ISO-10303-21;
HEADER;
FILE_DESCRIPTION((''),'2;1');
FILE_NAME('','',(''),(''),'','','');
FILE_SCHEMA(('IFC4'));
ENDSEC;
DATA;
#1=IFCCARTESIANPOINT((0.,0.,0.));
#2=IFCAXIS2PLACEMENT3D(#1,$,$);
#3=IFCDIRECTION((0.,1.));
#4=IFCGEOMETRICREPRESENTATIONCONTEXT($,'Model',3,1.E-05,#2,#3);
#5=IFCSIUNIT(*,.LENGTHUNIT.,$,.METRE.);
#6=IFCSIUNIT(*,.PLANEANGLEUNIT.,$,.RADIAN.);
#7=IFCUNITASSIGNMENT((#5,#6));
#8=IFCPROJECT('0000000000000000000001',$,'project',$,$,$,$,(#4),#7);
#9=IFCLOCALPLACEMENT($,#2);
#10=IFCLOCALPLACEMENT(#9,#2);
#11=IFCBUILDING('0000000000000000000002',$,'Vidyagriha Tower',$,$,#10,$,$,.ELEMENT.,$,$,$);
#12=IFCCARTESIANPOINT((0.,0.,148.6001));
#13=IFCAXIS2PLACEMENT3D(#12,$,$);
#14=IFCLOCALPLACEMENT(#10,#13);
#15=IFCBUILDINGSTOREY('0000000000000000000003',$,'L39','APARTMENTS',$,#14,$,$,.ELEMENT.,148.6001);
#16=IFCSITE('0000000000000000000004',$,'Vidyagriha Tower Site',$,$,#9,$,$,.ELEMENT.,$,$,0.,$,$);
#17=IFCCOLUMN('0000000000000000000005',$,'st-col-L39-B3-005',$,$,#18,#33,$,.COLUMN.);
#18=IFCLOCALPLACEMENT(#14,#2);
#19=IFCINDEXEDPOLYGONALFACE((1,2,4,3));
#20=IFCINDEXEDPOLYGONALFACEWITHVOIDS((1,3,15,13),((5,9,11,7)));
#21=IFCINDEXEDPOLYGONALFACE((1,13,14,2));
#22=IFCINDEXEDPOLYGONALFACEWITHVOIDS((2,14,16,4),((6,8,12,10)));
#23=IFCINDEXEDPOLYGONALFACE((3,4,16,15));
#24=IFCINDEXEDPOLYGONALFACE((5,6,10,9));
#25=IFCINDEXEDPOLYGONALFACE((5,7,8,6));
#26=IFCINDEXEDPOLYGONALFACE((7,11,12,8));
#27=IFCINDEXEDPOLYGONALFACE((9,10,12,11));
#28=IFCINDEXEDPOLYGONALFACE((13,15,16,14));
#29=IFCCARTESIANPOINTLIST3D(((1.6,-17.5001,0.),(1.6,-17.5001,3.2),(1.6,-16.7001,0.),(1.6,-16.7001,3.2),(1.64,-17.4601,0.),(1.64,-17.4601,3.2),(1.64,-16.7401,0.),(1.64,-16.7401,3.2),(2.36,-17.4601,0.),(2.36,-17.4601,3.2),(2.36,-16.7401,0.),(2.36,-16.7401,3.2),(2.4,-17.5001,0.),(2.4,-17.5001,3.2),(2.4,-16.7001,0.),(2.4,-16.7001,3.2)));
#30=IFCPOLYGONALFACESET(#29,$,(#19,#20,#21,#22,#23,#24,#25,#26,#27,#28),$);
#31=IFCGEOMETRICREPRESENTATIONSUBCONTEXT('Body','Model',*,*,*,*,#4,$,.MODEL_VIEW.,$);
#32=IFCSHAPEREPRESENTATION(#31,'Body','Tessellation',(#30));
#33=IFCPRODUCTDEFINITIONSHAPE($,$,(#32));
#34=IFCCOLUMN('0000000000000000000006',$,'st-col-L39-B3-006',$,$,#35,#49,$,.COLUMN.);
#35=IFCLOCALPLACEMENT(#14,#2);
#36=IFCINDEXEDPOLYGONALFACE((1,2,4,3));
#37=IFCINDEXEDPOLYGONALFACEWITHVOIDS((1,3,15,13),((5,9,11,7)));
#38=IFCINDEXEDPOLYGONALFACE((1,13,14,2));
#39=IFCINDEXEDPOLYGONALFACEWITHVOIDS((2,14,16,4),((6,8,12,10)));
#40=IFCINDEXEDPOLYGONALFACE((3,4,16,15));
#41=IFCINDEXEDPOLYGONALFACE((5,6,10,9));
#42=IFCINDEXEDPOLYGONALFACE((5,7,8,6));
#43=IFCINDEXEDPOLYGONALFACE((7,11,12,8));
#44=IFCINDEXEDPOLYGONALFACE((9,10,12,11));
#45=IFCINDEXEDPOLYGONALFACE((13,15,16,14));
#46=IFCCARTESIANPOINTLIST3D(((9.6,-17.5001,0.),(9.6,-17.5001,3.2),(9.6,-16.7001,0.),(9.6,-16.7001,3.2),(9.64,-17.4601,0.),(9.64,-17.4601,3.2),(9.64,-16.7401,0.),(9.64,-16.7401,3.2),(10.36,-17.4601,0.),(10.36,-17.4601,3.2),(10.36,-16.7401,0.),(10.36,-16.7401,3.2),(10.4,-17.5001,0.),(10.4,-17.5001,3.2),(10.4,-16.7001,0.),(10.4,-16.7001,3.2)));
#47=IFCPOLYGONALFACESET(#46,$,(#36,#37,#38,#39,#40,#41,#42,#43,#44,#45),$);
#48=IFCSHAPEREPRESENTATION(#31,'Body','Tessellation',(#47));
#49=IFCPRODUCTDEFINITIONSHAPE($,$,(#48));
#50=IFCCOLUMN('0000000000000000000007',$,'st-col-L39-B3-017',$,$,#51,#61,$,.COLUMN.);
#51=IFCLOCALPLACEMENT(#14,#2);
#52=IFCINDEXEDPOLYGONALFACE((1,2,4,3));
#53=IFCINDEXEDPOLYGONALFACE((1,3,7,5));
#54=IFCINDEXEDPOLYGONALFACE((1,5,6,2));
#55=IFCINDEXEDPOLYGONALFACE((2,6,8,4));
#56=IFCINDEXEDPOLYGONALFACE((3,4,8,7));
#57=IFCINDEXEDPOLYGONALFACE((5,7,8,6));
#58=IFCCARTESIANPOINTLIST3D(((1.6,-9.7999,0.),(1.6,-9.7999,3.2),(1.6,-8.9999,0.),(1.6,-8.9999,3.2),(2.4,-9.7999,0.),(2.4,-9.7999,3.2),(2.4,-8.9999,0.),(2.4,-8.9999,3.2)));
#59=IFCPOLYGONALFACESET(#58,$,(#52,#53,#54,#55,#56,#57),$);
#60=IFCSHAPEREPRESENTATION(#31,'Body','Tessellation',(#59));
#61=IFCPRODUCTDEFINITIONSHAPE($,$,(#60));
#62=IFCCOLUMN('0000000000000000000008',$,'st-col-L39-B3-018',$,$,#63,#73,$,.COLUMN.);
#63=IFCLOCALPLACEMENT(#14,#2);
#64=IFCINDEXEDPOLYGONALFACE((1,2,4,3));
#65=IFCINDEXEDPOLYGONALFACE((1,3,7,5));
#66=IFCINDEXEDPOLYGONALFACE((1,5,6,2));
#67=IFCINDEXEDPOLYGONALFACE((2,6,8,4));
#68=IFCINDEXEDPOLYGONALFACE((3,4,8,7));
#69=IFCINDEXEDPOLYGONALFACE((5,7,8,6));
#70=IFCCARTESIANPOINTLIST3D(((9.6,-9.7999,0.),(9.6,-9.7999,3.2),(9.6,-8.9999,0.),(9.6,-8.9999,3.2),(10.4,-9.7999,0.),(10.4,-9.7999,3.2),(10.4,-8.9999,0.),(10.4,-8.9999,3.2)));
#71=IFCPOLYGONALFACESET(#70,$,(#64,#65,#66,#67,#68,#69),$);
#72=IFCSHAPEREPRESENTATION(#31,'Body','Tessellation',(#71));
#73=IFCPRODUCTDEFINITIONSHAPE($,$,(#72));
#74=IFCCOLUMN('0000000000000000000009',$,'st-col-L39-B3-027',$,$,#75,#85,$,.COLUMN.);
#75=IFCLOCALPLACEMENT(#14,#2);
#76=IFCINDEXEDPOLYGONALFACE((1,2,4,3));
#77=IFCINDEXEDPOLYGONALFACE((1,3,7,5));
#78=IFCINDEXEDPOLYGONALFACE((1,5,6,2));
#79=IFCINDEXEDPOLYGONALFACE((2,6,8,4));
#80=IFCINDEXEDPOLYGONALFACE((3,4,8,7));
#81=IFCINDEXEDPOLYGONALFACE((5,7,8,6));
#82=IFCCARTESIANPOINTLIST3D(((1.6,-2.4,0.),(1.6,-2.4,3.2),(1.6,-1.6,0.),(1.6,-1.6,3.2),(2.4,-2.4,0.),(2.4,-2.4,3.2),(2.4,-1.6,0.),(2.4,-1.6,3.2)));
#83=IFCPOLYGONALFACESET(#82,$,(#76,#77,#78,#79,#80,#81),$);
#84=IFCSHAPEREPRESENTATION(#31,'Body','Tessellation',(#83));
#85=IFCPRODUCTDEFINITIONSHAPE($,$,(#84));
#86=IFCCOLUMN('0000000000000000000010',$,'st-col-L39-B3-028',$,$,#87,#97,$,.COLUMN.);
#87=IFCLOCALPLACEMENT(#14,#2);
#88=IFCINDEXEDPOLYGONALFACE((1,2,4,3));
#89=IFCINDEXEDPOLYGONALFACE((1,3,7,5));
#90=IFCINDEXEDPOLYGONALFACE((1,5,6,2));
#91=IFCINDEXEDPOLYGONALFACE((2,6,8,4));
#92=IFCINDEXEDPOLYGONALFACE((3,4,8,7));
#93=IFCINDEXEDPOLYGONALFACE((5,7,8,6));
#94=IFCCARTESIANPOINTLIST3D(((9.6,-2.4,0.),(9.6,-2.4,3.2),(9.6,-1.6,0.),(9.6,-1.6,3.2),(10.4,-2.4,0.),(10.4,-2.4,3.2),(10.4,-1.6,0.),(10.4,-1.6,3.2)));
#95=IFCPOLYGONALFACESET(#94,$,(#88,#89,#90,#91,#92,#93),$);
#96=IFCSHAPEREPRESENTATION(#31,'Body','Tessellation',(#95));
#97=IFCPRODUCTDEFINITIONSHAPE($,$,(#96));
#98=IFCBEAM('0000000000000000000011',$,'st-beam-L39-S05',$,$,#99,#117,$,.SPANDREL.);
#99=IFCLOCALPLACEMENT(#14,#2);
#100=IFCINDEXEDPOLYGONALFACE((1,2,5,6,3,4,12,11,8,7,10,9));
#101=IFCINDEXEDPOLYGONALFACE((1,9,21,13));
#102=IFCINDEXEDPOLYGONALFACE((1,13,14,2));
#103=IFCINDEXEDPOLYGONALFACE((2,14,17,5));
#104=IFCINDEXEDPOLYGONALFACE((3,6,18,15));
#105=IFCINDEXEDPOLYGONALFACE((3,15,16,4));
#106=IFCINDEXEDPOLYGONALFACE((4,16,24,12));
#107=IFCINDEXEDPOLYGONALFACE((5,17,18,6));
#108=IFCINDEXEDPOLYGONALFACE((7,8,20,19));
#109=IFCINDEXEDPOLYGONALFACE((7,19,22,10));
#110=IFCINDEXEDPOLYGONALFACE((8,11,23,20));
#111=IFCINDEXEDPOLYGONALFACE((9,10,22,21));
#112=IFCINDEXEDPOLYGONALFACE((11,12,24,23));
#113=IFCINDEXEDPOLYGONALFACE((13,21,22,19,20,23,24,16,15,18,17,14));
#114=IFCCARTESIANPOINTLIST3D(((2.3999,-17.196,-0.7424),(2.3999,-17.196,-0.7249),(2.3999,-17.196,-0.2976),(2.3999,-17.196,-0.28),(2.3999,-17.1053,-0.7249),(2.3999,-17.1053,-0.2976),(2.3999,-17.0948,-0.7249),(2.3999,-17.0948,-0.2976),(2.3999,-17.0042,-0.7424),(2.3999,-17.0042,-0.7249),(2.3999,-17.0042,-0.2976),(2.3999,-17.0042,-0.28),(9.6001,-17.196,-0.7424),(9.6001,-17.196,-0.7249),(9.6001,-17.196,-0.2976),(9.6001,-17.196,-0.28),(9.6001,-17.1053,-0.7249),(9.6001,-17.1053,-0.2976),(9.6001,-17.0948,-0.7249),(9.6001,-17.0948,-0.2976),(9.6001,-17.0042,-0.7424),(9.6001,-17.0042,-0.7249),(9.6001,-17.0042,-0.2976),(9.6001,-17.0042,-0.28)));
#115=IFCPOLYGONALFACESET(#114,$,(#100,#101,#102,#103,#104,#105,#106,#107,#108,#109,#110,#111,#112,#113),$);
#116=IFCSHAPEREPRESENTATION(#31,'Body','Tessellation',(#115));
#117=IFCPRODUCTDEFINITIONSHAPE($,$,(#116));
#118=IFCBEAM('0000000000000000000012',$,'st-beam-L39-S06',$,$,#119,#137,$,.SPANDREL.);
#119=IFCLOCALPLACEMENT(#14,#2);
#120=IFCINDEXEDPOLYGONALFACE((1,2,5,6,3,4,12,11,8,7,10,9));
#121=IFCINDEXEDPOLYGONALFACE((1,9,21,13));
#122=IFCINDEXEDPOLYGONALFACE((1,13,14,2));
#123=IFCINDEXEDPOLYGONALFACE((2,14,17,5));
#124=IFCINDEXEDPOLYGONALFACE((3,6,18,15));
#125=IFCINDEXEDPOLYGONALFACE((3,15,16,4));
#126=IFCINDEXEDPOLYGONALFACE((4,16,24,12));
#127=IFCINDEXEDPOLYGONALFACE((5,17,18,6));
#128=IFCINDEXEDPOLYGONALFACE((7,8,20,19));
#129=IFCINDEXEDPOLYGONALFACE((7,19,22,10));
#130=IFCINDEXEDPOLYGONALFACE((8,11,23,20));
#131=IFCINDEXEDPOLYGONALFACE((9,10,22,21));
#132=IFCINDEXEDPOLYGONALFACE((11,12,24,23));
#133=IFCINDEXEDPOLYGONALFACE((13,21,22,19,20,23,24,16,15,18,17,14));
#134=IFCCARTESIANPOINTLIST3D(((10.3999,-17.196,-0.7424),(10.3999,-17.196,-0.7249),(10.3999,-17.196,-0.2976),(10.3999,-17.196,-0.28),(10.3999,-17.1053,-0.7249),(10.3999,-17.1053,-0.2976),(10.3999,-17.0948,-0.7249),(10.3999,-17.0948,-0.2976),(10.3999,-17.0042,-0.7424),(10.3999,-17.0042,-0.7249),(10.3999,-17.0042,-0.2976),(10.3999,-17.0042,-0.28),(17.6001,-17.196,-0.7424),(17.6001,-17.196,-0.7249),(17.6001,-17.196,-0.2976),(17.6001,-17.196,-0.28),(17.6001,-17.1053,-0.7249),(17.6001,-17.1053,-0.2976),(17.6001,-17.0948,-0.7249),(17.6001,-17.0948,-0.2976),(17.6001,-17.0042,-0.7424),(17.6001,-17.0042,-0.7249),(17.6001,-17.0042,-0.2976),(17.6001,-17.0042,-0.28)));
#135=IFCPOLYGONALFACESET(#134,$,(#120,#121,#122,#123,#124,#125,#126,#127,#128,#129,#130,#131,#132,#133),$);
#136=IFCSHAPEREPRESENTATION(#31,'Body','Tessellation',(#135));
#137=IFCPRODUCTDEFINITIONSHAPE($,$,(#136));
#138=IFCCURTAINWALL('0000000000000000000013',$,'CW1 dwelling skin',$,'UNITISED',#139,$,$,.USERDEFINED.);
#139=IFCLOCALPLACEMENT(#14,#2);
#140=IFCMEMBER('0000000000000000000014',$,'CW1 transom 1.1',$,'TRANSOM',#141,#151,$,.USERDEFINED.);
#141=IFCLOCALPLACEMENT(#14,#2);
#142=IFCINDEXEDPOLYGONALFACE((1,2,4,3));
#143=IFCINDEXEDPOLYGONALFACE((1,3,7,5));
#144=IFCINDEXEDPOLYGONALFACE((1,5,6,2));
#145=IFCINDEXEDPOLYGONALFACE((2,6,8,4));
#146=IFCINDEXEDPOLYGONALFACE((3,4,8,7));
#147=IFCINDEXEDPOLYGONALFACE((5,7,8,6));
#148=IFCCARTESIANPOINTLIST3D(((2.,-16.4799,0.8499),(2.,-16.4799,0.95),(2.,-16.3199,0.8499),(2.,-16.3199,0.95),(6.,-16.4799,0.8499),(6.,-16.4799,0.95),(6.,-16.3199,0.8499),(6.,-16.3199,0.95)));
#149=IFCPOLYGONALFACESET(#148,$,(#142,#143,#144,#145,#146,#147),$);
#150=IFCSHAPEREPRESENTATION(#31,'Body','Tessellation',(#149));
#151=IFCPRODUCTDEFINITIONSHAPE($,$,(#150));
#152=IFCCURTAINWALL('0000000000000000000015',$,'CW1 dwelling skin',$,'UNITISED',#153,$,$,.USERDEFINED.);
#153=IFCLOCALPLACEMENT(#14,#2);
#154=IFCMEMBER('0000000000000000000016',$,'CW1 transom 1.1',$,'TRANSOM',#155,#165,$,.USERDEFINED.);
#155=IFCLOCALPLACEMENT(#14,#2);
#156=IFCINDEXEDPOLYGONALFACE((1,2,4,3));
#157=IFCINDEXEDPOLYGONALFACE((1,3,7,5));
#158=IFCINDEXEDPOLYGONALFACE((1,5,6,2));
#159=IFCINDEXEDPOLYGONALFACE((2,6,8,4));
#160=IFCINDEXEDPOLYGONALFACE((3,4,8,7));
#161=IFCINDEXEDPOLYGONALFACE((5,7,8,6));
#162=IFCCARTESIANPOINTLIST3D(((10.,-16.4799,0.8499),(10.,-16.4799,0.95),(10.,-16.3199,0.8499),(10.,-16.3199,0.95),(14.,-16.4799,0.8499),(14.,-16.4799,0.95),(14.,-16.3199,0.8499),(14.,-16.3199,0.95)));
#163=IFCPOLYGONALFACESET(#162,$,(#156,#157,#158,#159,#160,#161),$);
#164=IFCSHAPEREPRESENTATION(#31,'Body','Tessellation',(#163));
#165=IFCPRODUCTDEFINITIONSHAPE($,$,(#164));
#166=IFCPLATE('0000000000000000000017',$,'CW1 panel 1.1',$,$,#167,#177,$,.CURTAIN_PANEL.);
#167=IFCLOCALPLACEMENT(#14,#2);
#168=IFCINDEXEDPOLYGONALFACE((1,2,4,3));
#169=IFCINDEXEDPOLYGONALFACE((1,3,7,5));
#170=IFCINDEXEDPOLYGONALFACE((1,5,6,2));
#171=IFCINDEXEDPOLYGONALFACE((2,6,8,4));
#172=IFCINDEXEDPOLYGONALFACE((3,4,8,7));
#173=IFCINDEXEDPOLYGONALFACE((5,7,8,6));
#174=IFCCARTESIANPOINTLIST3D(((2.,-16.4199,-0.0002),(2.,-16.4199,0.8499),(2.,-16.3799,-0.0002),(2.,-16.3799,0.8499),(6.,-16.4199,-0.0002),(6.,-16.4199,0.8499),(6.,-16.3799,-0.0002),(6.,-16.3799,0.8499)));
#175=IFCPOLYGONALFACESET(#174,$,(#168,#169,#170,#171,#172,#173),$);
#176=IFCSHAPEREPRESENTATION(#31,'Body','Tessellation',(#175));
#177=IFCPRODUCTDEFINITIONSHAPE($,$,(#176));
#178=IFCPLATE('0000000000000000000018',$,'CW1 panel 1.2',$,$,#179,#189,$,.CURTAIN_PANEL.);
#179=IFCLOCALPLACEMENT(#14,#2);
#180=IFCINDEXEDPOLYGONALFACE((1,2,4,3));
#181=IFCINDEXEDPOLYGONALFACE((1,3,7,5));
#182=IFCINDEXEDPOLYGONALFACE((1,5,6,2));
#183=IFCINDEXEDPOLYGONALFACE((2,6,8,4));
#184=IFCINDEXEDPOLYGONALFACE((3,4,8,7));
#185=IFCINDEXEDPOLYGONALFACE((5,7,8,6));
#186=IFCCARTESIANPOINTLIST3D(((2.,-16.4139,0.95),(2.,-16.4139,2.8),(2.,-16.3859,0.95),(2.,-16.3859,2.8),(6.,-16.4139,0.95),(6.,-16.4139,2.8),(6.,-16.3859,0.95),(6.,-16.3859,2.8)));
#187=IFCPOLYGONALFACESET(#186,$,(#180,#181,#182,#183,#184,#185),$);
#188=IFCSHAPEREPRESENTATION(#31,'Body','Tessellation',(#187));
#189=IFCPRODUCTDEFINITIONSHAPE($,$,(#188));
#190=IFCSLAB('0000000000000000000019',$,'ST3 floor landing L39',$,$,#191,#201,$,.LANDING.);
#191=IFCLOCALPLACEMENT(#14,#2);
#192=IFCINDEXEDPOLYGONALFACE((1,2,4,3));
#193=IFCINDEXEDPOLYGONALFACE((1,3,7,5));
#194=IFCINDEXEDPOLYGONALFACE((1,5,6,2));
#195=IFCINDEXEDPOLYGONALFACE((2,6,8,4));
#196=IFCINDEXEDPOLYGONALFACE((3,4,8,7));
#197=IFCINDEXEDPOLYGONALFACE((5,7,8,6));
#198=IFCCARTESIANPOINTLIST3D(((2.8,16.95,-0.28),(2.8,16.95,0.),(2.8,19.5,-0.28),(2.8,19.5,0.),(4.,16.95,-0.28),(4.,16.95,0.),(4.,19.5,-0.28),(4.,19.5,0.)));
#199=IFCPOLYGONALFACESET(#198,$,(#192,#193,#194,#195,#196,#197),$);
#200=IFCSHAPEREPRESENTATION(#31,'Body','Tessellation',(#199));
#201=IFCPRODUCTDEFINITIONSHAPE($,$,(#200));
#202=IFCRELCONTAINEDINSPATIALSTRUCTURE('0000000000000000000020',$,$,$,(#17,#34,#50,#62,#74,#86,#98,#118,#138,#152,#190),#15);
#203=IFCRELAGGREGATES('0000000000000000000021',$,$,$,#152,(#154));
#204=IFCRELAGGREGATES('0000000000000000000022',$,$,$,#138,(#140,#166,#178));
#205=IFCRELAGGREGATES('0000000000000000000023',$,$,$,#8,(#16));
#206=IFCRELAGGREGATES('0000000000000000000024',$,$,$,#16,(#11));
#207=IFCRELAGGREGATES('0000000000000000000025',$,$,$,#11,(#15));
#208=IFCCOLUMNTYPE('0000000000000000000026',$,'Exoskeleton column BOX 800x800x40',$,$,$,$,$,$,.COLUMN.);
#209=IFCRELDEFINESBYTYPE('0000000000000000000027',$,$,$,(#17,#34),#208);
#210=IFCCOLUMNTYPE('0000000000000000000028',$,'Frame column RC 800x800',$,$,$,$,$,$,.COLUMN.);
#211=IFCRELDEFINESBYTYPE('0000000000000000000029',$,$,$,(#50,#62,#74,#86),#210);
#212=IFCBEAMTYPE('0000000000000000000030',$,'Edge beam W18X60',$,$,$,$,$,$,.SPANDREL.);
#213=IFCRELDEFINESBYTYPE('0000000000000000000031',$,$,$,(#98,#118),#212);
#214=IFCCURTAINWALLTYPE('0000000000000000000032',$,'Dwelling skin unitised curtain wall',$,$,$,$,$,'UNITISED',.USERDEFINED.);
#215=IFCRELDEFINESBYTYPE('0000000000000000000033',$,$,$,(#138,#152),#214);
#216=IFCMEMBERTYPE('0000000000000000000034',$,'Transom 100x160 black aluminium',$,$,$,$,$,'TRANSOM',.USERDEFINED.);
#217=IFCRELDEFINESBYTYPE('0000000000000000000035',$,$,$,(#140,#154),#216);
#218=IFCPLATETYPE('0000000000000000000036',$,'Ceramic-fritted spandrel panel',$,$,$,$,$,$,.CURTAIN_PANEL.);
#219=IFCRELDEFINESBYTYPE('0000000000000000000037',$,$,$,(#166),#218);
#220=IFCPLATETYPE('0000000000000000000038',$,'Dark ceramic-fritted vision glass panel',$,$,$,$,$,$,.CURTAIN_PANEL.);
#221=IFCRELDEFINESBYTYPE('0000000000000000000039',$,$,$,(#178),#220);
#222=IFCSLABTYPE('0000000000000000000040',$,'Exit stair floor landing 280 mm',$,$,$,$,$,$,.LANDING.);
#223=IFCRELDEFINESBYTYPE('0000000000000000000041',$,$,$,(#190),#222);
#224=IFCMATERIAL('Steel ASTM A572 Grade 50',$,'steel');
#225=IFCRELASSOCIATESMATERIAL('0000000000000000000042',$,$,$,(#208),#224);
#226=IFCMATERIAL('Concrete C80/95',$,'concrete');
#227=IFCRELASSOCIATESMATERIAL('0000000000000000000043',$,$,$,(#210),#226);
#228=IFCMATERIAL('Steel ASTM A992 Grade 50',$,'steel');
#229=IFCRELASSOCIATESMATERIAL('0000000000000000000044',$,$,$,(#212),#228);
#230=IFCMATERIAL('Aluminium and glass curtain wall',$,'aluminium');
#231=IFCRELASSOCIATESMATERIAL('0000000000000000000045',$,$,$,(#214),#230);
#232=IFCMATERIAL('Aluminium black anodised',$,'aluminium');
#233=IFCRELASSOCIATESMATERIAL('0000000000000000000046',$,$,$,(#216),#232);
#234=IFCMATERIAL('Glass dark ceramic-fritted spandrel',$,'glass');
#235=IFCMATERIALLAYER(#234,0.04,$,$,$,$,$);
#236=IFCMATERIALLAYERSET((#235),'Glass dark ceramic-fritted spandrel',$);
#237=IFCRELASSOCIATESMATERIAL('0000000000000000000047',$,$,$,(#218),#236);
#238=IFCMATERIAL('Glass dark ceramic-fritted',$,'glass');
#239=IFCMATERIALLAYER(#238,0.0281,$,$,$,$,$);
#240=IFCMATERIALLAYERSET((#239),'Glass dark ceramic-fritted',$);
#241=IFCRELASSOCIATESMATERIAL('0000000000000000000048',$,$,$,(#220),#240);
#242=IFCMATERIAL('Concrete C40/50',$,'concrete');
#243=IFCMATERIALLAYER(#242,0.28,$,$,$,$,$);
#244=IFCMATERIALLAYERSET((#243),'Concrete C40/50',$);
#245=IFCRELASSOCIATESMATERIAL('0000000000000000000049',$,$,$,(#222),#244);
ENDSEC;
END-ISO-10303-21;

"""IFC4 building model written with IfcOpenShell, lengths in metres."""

from ifc_helpers import new_model, si_unit, direction, frame, origin, origin_2d, place, context, subcontext, project, spatial, polyline, rectangle, hollow_rectangle, i_section, outline, extrude, material, layer, layer_set, material_profile, profile_set, type_object, element, aggregate, save


model = new_model("IFC4")

# Units and contexts
model_context = context("Model", 3, precision=1e-05, world=origin(), true_north=direction((0.0, 1.0)))
body_context = subcontext(model_context, "Body", "Model", "MODEL_VIEW")
ifc_project = project(units=[si_unit("LENGTHUNIT", "METRE"), si_unit("PLANEANGLEUNIT", "RADIAN")], contexts=[model_context])

# Site, building, storey
site_placement = place(None, origin())
site = spatial("IfcSite", under=ifc_project, at=site_placement, Name="Vidyagriha Tower Site", CompositionType="ELEMENT", RefElevation=0.0)
building_placement = place(site_placement, origin())
building = spatial("IfcBuilding", under=site, at=building_placement, Name="Vidyagriha Tower", CompositionType="ELEMENT")
storey_placement = place(building_placement, frame((0.0, 0.0, 148.6001)))
storey = spatial("IfcBuildingStorey", under=building, at=storey_placement, Name="L39", Description="APARTMENTS", CompositionType="ELEMENT", Elevation=148.6001)

# Columns
ifc_material_1 = material(Name="Steel ASTM A572 Grade 50", Category="steel")
ifc_material_profile_1 = material_profile(ifc_material_1, hollow_rectangle(XDim=0.8, YDim=0.8, WallThickness=0.04, at=origin_2d()), Name="BOX 800x800x40")
ifc_profile_set_1 = profile_set([ifc_material_profile_1], Name="Steel ASTM A572 Grade 50")
column_type_1 = type_object("IfcColumnType", Name="Exoskeleton column BOX 800x800x40", PredefinedType="COLUMN", material=ifc_profile_set_1)
for number, where, name in (
    (1, (2.0, -17.1001, 0.0), "st-col-L39-B3-005"),
    (2, (10.0, -17.1001, 0.0), "st-col-L39-B3-006"),
):
    element("IfcColumn", number, at=place(storey_placement, frame(where)), inside=storey, type_object=column_type_1, Name=name, PredefinedType="COLUMN", context=body_context, shape_type="SweptSolid", body=[
        extrude(hollow_rectangle(XDim=0.8, YDim=0.8, WallThickness=0.04, at=origin_2d()), origin(), (0.0, 0.0, 1.0), 3.2),
    ])
ifc_material_2 = material(Name="Concrete C80/95", Category="concrete")
ifc_material_profile_2 = material_profile(ifc_material_2, rectangle(XDim=0.8, YDim=0.8, at=origin_2d()), Name="RC 800x800")
ifc_profile_set_2 = profile_set([ifc_material_profile_2], Name="Concrete C80/95")
column_type_2 = type_object("IfcColumnType", Name="Frame column RC 800x800", PredefinedType="COLUMN", material=ifc_profile_set_2)
for number, where, name in (
    (3, (2.0, -9.3999, 0.0), "st-col-L39-B3-017"),
    (4, (10.0, -9.3999, 0.0), "st-col-L39-B3-018"),
    (5, (2.0, -2.0, 0.0), "st-col-L39-B3-027"),
    (6, (10.0, -2.0, 0.0), "st-col-L39-B3-028"),
):
    element("IfcColumn", number, at=place(storey_placement, frame(where)), inside=storey, type_object=column_type_2, Name=name, PredefinedType="COLUMN", context=body_context, shape_type="SweptSolid", body=[
        extrude(rectangle(XDim=0.8, YDim=0.8, at=origin_2d()), origin(), (0.0, 0.0, 1.0), 3.2),
    ])

# Beams
ifc_material_3 = material(Name="Steel ASTM A992 Grade 50", Category="steel")
ifc_material_profile_3 = material_profile(ifc_material_3, i_section(OverallWidth=0.1919, OverallDepth=0.4624, WebThickness=0.0105, FlangeThickness=0.0176, at=origin_2d()), Name="W18X60")
ifc_profile_set_3 = profile_set([ifc_material_profile_3], Name="Steel ASTM A992 Grade 50")
beam_type = type_object("IfcBeamType", Name="Edge beam W18X60", PredefinedType="SPANDREL", material=ifc_profile_set_3)
for number, where, z_axis, x_axis, name in (
    (7, (2.3999, -17.1001, -0.5112), (1.0, 0.0, 0.0), (0.0, 1.0, 0.0), "st-beam-L39-S05"),
    (8, (10.3999, -17.1001, -0.5112), (1.0, 0.0, 0.0), (0.0, 1.0, 0.0), "st-beam-L39-S06"),
):
    element("IfcBeam", number, at=place(storey_placement, frame(where, z_axis=z_axis, x_axis=x_axis)), inside=storey, type_object=beam_type, Name=name, PredefinedType="SPANDREL", context=body_context, shape_type="SweptSolid", body=[
        extrude(i_section(OverallWidth=0.1919, OverallDepth=0.4624, WebThickness=0.0105, FlangeThickness=0.0176, at=origin_2d()), origin(), (0.0, 0.0, 1.0), 7.2002),
    ])

# Curtain walls, members
ifc_material_4 = material(Name="Aluminium and glass curtain wall", Category="aluminium")
curtain_wall_type = type_object("IfcCurtainWallType", Name="Dwelling skin unitised curtain wall", ElementType="UNITISED", PredefinedType="USERDEFINED", material=ifc_material_4)
curtain_wall_1_placement = place(storey_placement, origin())
curtain_wall_1 = element("IfcCurtainWall", 9, at=curtain_wall_1_placement, inside=storey, type_object=curtain_wall_type, Name="CW1 dwelling skin", ObjectType="UNITISED", PredefinedType="USERDEFINED")
ifc_material_5 = material(Name="Aluminium black anodised", Category="aluminium")
ifc_material_profile_4 = material_profile(ifc_material_5, rectangle(XDim=0.1599, YDim=0.1001, at=origin_2d()), Name="Transom 100x160 black aluminium")
ifc_profile_set_4 = profile_set([ifc_material_profile_4], Name="Aluminium black anodised")
member_type = type_object("IfcMemberType", Name="Transom 100x160 black aluminium", ElementType="TRANSOM", PredefinedType="USERDEFINED", material=ifc_profile_set_4)
member_1_placement = place(storey_placement, frame((2.0, -16.3999, 0.8999), z_axis=(1.0, 0.0, 0.0), x_axis=(0.0, 1.0, 0.0)))
member_1 = element("IfcMember", 10, at=member_1_placement, type_object=member_type, Name="CW1 transom 1.1", ObjectType="TRANSOM", PredefinedType="USERDEFINED", context=body_context, shape_type="SweptSolid", body=[
    extrude(rectangle(XDim=0.1599, YDim=0.1001, at=origin_2d()), origin(), (0.0, 0.0, 1.0), 4.0),
])
curtain_wall_2_placement = place(storey_placement, origin())
curtain_wall_2 = element("IfcCurtainWall", 11, at=curtain_wall_2_placement, inside=storey, type_object=curtain_wall_type, Name="CW1 dwelling skin", ObjectType="UNITISED", PredefinedType="USERDEFINED")
member_2_placement = place(storey_placement, frame((10.0, -16.3999, 0.8999), z_axis=(1.0, 0.0, 0.0), x_axis=(0.0, 1.0, 0.0)))
member_2 = element("IfcMember", 12, at=member_2_placement, type_object=member_type, Name="CW1 transom 1.1", ObjectType="TRANSOM", PredefinedType="USERDEFINED", context=body_context, shape_type="SweptSolid", body=[
    extrude(rectangle(XDim=0.1599, YDim=0.1001, at=origin_2d()), origin(), (0.0, 0.0, 1.0), 4.0),
])
aggregate(curtain_wall_2, [member_2])

# Plates
ifc_material_6 = material(Name="Glass dark ceramic-fritted spandrel", Category="glass")
ifc_layer_1 = layer(ifc_material_6, 0.04)
ifc_layer_set_1 = layer_set([ifc_layer_1], Name="Glass dark ceramic-fritted spandrel")
plate_type_1 = type_object("IfcPlateType", Name="Ceramic-fritted spandrel panel", PredefinedType="CURTAIN_PANEL", material=ifc_layer_set_1)
plate_1_placement = place(storey_placement, frame((4.0, -16.3999, -0.0002)))
plate_1 = element("IfcPlate", 13, at=plate_1_placement, type_object=plate_type_1, Name="CW1 panel 1.1", PredefinedType="CURTAIN_PANEL", context=body_context, shape_type="SweptSolid", body=[
    extrude(rectangle(XDim=4.0, YDim=0.04, at=origin_2d()), origin(), (0.0, 0.0, 1.0), 0.8501),
])
ifc_material_7 = material(Name="Glass dark ceramic-fritted", Category="glass")
ifc_layer_2 = layer(ifc_material_7, 0.0281)
ifc_layer_set_2 = layer_set([ifc_layer_2], Name="Glass dark ceramic-fritted")
plate_type_2 = type_object("IfcPlateType", Name="Dark ceramic-fritted vision glass panel", PredefinedType="CURTAIN_PANEL", material=ifc_layer_set_2)
plate_2_placement = place(storey_placement, frame((4.0, -16.3999, 0.95)))
plate_2 = element("IfcPlate", 14, at=plate_2_placement, type_object=plate_type_2, Name="CW1 panel 1.2", PredefinedType="CURTAIN_PANEL", context=body_context, shape_type="SweptSolid", body=[
    extrude(rectangle(XDim=4.0, YDim=0.0281, at=origin_2d()), origin(), (0.0, 0.0, 1.0), 1.8501),
])
aggregate(curtain_wall_1, [member_1, plate_1, plate_2])

# Slab
ifc_material_8 = material(Name="Concrete C40/50", Category="concrete")
ifc_layer_3 = layer(ifc_material_8, 0.28)
ifc_layer_set_3 = layer_set([ifc_layer_3], Name="Concrete C40/50")
slab_type_1 = type_object("IfcSlabType", Name="Exit stair floor landing 280 mm", PredefinedType="LANDING", material=ifc_layer_set_3)
slab_1_placement = place(storey_placement, frame((0.0, 0.0, -0.28)))
element("IfcSlab", 15, at=slab_1_placement, inside=storey, type_object=slab_type_1, Name="ST3 floor landing L39", PredefinedType="LANDING", context=body_context, shape_type="SweptSolid", body=[
    extrude(outline(polyline([(2.8, 16.95), (4.0, 16.95), (4.0, 19.5), (2.8, 19.5), (2.8, 16.95)])), origin(), (0.0, 0.0, 1.0), 0.28),
])

save(model, "model.ifc")
